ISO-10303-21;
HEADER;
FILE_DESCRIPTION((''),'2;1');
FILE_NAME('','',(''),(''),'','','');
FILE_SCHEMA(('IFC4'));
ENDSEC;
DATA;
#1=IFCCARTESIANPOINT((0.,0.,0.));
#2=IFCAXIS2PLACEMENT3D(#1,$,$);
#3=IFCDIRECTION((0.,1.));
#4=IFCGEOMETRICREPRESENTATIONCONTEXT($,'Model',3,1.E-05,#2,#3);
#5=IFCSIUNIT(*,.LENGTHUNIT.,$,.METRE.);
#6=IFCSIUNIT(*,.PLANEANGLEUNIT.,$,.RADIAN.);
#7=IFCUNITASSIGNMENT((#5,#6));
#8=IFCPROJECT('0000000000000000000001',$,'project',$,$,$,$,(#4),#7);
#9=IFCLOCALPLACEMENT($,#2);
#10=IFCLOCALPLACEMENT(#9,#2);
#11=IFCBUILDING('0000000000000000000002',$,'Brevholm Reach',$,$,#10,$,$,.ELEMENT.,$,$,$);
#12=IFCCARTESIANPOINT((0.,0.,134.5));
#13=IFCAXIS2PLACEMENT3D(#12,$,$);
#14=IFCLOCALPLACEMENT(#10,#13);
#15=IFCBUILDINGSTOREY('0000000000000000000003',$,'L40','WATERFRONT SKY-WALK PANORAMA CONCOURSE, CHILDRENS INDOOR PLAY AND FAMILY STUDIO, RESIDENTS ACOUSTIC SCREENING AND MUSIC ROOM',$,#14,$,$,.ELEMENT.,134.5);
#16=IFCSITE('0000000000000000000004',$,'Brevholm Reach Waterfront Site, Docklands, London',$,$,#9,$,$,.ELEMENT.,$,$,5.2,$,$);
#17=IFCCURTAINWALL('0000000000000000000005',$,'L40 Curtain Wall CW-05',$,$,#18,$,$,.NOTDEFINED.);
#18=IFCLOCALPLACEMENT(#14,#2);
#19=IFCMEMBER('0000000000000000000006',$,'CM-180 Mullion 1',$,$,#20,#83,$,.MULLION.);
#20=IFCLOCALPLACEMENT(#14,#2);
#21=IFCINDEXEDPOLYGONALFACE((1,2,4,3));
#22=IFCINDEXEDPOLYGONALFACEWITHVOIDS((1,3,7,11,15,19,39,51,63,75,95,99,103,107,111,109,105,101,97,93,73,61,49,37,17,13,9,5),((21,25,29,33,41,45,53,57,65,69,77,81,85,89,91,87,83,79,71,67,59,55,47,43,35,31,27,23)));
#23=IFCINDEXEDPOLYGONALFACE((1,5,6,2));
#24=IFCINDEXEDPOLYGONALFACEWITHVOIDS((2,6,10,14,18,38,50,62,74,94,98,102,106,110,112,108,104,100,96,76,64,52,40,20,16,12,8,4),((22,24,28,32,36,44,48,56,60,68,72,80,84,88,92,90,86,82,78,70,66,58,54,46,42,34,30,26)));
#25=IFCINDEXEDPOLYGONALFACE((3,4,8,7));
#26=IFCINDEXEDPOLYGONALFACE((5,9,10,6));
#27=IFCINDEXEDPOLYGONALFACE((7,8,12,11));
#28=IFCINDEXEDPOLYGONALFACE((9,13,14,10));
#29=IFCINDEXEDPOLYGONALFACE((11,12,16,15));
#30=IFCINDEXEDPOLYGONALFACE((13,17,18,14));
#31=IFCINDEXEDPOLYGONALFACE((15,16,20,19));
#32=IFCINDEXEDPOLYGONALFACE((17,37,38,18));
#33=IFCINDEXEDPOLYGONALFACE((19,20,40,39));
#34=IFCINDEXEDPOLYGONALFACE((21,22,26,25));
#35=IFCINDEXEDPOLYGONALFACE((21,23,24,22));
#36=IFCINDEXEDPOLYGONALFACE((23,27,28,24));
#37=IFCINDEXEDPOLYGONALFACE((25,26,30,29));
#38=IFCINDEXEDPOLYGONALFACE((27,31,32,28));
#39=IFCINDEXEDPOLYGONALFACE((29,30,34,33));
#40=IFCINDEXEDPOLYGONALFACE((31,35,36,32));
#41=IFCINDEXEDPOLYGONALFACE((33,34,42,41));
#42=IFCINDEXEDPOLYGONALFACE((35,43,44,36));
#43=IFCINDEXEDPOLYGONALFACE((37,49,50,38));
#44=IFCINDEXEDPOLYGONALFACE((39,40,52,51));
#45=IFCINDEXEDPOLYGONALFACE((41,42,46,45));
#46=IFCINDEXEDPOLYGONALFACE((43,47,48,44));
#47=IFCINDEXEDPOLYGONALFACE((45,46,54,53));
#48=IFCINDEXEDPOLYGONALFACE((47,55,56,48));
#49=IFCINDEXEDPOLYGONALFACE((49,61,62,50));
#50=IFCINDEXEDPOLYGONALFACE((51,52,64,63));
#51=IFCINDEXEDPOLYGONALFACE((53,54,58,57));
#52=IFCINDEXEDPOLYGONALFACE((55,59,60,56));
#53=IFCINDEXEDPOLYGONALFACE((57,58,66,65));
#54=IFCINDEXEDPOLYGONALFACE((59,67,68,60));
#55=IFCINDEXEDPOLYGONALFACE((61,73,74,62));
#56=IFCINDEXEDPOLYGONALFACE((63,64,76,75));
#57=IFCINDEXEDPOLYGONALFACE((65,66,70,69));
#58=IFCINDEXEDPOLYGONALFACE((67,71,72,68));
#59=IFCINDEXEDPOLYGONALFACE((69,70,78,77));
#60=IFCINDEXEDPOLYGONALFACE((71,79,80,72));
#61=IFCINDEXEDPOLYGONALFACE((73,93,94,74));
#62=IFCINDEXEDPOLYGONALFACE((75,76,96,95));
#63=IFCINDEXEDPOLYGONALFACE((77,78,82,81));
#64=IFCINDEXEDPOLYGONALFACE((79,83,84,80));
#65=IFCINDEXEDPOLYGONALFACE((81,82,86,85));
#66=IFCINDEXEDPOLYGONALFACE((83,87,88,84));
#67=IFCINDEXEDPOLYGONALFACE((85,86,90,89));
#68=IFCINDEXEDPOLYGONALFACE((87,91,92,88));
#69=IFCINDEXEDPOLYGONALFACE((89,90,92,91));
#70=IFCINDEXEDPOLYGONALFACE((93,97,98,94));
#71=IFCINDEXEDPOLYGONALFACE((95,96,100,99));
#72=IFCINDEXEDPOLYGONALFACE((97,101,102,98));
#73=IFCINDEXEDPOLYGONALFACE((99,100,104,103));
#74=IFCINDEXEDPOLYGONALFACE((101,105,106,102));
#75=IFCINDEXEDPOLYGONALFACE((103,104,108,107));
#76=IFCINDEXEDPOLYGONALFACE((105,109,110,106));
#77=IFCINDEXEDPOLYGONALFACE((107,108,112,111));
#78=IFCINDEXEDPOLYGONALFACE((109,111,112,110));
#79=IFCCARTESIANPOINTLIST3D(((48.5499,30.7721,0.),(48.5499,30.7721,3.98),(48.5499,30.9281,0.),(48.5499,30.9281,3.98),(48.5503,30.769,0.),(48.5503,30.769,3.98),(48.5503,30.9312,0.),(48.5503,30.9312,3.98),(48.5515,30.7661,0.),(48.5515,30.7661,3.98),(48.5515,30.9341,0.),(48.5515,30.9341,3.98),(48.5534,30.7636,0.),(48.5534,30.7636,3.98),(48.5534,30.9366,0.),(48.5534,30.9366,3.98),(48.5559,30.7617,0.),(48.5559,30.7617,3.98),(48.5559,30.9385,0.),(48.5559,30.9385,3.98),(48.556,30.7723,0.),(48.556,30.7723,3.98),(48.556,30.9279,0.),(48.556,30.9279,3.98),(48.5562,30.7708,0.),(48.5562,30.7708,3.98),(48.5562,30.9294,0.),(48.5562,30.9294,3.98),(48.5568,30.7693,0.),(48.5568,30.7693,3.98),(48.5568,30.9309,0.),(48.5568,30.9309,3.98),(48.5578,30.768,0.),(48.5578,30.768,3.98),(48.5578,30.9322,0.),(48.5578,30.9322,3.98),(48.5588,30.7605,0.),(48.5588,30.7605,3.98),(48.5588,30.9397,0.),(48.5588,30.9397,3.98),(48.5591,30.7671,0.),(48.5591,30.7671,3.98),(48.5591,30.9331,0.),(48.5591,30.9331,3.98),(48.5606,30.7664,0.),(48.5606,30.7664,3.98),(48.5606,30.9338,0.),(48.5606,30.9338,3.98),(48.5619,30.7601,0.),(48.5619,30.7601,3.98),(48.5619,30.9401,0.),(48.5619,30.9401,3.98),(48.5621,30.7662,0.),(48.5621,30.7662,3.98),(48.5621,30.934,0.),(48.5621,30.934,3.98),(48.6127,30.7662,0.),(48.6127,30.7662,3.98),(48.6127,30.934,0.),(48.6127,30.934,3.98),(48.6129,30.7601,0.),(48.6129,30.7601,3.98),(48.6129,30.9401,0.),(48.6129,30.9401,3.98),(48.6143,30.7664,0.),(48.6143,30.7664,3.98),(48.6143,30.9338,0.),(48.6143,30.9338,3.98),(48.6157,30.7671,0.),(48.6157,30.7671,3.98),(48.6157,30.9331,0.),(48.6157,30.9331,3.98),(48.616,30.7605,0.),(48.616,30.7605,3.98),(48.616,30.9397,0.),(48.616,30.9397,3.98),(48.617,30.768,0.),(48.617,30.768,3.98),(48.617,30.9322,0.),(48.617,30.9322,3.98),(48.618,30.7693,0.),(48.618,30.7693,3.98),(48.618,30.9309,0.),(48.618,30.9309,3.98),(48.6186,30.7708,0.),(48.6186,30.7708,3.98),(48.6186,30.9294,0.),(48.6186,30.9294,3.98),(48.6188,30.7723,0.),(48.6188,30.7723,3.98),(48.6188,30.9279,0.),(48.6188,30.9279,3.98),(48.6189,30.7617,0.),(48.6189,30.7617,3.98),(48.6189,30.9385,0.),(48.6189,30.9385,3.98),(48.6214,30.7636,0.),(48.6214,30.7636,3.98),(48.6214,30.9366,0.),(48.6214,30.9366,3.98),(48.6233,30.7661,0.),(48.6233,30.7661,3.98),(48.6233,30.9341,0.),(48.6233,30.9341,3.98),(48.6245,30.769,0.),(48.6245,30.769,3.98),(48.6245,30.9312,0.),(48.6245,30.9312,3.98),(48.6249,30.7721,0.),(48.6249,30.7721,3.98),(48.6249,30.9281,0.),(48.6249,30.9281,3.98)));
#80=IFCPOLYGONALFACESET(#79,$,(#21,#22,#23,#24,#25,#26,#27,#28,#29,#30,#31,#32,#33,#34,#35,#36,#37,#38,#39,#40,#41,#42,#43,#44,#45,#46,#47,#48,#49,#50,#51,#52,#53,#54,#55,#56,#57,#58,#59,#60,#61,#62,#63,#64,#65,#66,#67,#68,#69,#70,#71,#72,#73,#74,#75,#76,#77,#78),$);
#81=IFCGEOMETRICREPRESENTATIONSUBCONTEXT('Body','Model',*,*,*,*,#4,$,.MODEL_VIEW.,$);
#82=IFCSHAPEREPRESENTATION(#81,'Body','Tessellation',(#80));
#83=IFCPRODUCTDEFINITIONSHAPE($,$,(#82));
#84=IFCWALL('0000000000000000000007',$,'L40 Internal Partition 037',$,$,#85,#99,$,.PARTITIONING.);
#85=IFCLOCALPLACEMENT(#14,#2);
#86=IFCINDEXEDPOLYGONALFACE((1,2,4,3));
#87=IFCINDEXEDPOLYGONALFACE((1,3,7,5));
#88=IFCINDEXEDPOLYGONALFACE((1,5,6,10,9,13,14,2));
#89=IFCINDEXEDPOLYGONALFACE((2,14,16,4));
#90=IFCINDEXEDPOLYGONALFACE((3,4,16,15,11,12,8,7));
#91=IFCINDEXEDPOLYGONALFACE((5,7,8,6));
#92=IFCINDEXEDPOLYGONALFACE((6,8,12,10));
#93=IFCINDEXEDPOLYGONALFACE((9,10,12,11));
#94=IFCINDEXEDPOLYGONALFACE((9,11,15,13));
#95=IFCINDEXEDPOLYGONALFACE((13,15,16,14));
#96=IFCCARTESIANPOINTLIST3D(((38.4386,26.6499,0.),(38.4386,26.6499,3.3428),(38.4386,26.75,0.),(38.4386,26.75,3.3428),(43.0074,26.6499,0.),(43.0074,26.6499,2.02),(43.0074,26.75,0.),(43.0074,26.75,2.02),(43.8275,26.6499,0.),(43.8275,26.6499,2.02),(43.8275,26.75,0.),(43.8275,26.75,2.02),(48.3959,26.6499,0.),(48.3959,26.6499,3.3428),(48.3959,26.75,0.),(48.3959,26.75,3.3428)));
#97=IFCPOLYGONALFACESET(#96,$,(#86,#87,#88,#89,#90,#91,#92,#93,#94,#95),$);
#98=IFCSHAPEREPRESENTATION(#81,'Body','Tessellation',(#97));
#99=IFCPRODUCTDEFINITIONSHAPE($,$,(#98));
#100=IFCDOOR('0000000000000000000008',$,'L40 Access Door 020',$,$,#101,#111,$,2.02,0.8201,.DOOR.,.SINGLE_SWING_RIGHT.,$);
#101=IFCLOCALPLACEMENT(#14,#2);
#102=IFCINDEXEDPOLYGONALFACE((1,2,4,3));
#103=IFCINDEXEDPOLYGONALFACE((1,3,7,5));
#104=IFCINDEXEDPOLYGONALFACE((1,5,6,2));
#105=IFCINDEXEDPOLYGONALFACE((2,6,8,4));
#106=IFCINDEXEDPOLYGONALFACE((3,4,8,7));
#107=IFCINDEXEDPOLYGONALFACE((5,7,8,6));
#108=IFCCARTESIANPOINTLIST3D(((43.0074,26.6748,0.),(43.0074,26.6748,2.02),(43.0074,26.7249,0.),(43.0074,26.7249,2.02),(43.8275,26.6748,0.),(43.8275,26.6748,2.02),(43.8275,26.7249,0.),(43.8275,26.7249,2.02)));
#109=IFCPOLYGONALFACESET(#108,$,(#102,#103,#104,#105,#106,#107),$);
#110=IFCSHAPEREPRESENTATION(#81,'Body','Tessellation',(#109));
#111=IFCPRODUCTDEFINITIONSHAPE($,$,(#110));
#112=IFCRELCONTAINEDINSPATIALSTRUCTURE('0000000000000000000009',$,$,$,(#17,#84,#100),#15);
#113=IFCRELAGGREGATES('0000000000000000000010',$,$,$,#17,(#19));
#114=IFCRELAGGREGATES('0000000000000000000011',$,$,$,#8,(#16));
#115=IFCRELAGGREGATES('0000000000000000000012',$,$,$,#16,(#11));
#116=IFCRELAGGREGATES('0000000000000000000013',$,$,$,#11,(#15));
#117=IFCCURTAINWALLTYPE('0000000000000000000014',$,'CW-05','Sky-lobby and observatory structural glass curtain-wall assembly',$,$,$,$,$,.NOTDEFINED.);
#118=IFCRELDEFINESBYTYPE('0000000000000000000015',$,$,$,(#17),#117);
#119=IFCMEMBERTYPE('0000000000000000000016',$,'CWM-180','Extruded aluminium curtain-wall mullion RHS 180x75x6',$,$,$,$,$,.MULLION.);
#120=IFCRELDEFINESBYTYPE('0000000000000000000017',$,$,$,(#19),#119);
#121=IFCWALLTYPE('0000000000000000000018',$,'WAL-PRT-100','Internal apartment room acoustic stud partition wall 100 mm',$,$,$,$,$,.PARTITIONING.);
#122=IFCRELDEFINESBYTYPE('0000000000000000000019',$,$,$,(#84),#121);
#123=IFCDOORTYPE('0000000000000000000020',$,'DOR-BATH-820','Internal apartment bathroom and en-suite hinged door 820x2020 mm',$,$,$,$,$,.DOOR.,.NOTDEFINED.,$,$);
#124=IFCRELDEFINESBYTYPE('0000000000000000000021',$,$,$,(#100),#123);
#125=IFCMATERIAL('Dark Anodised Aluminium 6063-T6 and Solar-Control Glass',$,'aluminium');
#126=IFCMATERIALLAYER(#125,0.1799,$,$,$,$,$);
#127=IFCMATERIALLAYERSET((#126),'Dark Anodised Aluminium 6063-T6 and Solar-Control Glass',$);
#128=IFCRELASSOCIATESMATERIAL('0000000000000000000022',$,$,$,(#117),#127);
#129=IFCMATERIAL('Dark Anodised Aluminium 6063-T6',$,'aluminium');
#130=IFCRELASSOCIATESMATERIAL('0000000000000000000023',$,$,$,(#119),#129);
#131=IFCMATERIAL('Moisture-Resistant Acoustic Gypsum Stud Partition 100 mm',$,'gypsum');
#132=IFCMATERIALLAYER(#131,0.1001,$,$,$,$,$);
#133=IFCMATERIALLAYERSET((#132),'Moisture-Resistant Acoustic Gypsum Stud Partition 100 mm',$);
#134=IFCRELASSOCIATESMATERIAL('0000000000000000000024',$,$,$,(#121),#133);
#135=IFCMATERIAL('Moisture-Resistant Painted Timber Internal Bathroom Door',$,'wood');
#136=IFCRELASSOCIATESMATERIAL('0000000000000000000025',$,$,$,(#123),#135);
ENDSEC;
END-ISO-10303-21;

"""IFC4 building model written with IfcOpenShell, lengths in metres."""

from ifc_helpers import new_model, si_unit, direction, frame, frame_2d, origin, origin_2d, place, context, subcontext, project, spatial, rectangle, hollow_rectangle, extrude, material, layer, layer_set, material_profile, profile_set, type_object, element, fill, aggregate, save


model = new_model("IFC4")

# Units and contexts
model_context = context("Model", 3, precision=1e-05, world=origin(), true_north=direction((0.0, 1.0)))
body_context = subcontext(model_context, "Body", "Model", "MODEL_VIEW")
ifc_project = project(units=[si_unit("LENGTHUNIT", "METRE"), si_unit("PLANEANGLEUNIT", "RADIAN")], contexts=[model_context])

# Site, building, storey
site_placement = place(None, origin())
site = spatial("IfcSite", under=ifc_project, at=site_placement, Name="Brevholm Reach Waterfront Site, Docklands, London", CompositionType="ELEMENT", RefElevation=5.2)
building_placement = place(site_placement, origin())
building = spatial("IfcBuilding", under=site, at=building_placement, Name="Brevholm Reach", CompositionType="ELEMENT")
storey_placement = place(building_placement, frame((0.0, 0.0, 134.5)))
storey = spatial("IfcBuildingStorey", under=building, at=storey_placement, Name="L40", Description="WATERFRONT SKY-WALK PANORAMA CONCOURSE, CHILDRENS INDOOR PLAY AND FAMILY STUDIO, RESIDENTS ACOUSTIC SCREENING AND MUSIC ROOM", CompositionType="ELEMENT", Elevation=134.5)

# Curtain wall, member
ifc_material_1 = material(Name="Dark Anodised Aluminium 6063-T6 and Solar-Control Glass", Category="aluminium")
ifc_layer_1 = layer(ifc_material_1, 0.1799)
ifc_layer_set_1 = layer_set([ifc_layer_1], Name="Dark Anodised Aluminium 6063-T6 and Solar-Control Glass")
curtain_wall_type = type_object("IfcCurtainWallType", Name="CW-05", Description="Sky-lobby and observatory structural glass curtain-wall assembly", PredefinedType="NOTDEFINED", material=ifc_layer_set_1)
curtain_wall_placement = place(storey_placement, origin())
curtain_wall = element("IfcCurtainWall", 1, at=curtain_wall_placement, inside=storey, type_object=curtain_wall_type, Name="L40 Curtain Wall CW-05", PredefinedType="NOTDEFINED")
ifc_material_2 = material(Name="Dark Anodised Aluminium 6063-T6", Category="aluminium")
ifc_material_profile_1 = material_profile(ifc_material_2, hollow_rectangle(XDim=0.075, YDim=0.1799, WallThickness=0.0061, InnerFilletRadius=0.0061, OuterFilletRadius=0.012, at=origin_2d()), Name="RHS 180x75x6")
ifc_profile_set_1 = profile_set([ifc_material_profile_1], Name="Dark Anodised Aluminium 6063-T6")
member_type = type_object("IfcMemberType", Name="CWM-180", Description="Extruded aluminium curtain-wall mullion RHS 180x75x6", PredefinedType="MULLION", material=ifc_profile_set_1)
member_placement = place(storey_placement, frame((48.5874, 30.8501, 0.0), z_axis=(0.0, 0.0, 1.0), x_axis=(1.0, 0.0, 0.0)))
member = element("IfcMember", 2, at=member_placement, type_object=member_type, Name="CM-180 Mullion 1", PredefinedType="MULLION", context=body_context, shape_type="SweptSolid", body=[
    extrude(hollow_rectangle(XDim=0.075, YDim=0.1799, WallThickness=0.0061, InnerFilletRadius=0.0061, OuterFilletRadius=0.012, at=origin_2d()), origin(), (0.0, 0.0, 1.0), 3.98),
])
aggregate(curtain_wall, [member])

# Wall, opening, door
ifc_material_3 = material(Name="Moisture-Resistant Acoustic Gypsum Stud Partition 100 mm", Category="gypsum")
ifc_layer_2 = layer(ifc_material_3, 0.1001)
ifc_layer_set_2 = layer_set([ifc_layer_2], Name="Moisture-Resistant Acoustic Gypsum Stud Partition 100 mm")
wall_type = type_object("IfcWallType", Name="WAL-PRT-100", Description="Internal apartment room acoustic stud partition wall 100 mm", PredefinedType="PARTITIONING", material=ifc_layer_set_2)
wall_placement = place(storey_placement, frame((38.4387, 26.7, 0.0), z_axis=(0.0, 0.0, 1.0), x_axis=(1.0, 0.0, 0.0)))
wall = element("IfcWall", 3, at=wall_placement, inside=storey, type_object=wall_type, Name="L40 Internal Partition 037", PredefinedType="PARTITIONING", context=body_context, shape_type="SweptSolid", body=[
    extrude(rectangle(XDim=9.9573, YDim=0.1001, at=frame_2d((4.9785, 0.0))), origin(), (0.0, 0.0, 1.0), 3.3428),
])
opening_placement = place(wall_placement, frame((4.5686, 0.0, 0.0)))
opening = element("IfcOpeningElement", 4, at=opening_placement, cuts=wall, PredefinedType="OPENING", context=body_context, shape_type="SweptSolid", body=[
    extrude(rectangle(XDim=0.8201, YDim=2.02, at=frame_2d((0.4102, 1.01))), frame((0.0, 0.0601, 0.0), z_axis=(0.0, -1.0, 0.0), x_axis=(1.0, 0.0, 0.0)), (0.0, 0.0, 1.0), 0.1201),
])
ifc_material_4 = material(Name="Moisture-Resistant Painted Timber Internal Bathroom Door", Category="wood")
door_type = type_object("IfcDoorType", Name="DOR-BATH-820", Description="Internal apartment bathroom and en-suite hinged door 820x2020 mm", OperationType="NOTDEFINED", PredefinedType="DOOR", material=ifc_material_4)
door_placement = place(opening_placement, origin())
door = element("IfcDoor", 5, at=door_placement, inside=storey, type_object=door_type, Name="L40 Access Door 020", OperationType="SINGLE_SWING_RIGHT", OverallHeight=2.02, OverallWidth=0.8201, PredefinedType="DOOR", context=body_context, shape_type="SweptSolid", body=[
    extrude(rectangle(XDim=0.8201, YDim=2.02, at=frame_2d((0.4102, 1.01))), frame((0.0, 0.0249, 0.0), z_axis=(0.0, -1.0, 0.0), x_axis=(1.0, 0.0, 0.0)), (0.0, 0.0, 1.0), 0.05),
])
fill(opening, door)

save(model, "model.ifc")
